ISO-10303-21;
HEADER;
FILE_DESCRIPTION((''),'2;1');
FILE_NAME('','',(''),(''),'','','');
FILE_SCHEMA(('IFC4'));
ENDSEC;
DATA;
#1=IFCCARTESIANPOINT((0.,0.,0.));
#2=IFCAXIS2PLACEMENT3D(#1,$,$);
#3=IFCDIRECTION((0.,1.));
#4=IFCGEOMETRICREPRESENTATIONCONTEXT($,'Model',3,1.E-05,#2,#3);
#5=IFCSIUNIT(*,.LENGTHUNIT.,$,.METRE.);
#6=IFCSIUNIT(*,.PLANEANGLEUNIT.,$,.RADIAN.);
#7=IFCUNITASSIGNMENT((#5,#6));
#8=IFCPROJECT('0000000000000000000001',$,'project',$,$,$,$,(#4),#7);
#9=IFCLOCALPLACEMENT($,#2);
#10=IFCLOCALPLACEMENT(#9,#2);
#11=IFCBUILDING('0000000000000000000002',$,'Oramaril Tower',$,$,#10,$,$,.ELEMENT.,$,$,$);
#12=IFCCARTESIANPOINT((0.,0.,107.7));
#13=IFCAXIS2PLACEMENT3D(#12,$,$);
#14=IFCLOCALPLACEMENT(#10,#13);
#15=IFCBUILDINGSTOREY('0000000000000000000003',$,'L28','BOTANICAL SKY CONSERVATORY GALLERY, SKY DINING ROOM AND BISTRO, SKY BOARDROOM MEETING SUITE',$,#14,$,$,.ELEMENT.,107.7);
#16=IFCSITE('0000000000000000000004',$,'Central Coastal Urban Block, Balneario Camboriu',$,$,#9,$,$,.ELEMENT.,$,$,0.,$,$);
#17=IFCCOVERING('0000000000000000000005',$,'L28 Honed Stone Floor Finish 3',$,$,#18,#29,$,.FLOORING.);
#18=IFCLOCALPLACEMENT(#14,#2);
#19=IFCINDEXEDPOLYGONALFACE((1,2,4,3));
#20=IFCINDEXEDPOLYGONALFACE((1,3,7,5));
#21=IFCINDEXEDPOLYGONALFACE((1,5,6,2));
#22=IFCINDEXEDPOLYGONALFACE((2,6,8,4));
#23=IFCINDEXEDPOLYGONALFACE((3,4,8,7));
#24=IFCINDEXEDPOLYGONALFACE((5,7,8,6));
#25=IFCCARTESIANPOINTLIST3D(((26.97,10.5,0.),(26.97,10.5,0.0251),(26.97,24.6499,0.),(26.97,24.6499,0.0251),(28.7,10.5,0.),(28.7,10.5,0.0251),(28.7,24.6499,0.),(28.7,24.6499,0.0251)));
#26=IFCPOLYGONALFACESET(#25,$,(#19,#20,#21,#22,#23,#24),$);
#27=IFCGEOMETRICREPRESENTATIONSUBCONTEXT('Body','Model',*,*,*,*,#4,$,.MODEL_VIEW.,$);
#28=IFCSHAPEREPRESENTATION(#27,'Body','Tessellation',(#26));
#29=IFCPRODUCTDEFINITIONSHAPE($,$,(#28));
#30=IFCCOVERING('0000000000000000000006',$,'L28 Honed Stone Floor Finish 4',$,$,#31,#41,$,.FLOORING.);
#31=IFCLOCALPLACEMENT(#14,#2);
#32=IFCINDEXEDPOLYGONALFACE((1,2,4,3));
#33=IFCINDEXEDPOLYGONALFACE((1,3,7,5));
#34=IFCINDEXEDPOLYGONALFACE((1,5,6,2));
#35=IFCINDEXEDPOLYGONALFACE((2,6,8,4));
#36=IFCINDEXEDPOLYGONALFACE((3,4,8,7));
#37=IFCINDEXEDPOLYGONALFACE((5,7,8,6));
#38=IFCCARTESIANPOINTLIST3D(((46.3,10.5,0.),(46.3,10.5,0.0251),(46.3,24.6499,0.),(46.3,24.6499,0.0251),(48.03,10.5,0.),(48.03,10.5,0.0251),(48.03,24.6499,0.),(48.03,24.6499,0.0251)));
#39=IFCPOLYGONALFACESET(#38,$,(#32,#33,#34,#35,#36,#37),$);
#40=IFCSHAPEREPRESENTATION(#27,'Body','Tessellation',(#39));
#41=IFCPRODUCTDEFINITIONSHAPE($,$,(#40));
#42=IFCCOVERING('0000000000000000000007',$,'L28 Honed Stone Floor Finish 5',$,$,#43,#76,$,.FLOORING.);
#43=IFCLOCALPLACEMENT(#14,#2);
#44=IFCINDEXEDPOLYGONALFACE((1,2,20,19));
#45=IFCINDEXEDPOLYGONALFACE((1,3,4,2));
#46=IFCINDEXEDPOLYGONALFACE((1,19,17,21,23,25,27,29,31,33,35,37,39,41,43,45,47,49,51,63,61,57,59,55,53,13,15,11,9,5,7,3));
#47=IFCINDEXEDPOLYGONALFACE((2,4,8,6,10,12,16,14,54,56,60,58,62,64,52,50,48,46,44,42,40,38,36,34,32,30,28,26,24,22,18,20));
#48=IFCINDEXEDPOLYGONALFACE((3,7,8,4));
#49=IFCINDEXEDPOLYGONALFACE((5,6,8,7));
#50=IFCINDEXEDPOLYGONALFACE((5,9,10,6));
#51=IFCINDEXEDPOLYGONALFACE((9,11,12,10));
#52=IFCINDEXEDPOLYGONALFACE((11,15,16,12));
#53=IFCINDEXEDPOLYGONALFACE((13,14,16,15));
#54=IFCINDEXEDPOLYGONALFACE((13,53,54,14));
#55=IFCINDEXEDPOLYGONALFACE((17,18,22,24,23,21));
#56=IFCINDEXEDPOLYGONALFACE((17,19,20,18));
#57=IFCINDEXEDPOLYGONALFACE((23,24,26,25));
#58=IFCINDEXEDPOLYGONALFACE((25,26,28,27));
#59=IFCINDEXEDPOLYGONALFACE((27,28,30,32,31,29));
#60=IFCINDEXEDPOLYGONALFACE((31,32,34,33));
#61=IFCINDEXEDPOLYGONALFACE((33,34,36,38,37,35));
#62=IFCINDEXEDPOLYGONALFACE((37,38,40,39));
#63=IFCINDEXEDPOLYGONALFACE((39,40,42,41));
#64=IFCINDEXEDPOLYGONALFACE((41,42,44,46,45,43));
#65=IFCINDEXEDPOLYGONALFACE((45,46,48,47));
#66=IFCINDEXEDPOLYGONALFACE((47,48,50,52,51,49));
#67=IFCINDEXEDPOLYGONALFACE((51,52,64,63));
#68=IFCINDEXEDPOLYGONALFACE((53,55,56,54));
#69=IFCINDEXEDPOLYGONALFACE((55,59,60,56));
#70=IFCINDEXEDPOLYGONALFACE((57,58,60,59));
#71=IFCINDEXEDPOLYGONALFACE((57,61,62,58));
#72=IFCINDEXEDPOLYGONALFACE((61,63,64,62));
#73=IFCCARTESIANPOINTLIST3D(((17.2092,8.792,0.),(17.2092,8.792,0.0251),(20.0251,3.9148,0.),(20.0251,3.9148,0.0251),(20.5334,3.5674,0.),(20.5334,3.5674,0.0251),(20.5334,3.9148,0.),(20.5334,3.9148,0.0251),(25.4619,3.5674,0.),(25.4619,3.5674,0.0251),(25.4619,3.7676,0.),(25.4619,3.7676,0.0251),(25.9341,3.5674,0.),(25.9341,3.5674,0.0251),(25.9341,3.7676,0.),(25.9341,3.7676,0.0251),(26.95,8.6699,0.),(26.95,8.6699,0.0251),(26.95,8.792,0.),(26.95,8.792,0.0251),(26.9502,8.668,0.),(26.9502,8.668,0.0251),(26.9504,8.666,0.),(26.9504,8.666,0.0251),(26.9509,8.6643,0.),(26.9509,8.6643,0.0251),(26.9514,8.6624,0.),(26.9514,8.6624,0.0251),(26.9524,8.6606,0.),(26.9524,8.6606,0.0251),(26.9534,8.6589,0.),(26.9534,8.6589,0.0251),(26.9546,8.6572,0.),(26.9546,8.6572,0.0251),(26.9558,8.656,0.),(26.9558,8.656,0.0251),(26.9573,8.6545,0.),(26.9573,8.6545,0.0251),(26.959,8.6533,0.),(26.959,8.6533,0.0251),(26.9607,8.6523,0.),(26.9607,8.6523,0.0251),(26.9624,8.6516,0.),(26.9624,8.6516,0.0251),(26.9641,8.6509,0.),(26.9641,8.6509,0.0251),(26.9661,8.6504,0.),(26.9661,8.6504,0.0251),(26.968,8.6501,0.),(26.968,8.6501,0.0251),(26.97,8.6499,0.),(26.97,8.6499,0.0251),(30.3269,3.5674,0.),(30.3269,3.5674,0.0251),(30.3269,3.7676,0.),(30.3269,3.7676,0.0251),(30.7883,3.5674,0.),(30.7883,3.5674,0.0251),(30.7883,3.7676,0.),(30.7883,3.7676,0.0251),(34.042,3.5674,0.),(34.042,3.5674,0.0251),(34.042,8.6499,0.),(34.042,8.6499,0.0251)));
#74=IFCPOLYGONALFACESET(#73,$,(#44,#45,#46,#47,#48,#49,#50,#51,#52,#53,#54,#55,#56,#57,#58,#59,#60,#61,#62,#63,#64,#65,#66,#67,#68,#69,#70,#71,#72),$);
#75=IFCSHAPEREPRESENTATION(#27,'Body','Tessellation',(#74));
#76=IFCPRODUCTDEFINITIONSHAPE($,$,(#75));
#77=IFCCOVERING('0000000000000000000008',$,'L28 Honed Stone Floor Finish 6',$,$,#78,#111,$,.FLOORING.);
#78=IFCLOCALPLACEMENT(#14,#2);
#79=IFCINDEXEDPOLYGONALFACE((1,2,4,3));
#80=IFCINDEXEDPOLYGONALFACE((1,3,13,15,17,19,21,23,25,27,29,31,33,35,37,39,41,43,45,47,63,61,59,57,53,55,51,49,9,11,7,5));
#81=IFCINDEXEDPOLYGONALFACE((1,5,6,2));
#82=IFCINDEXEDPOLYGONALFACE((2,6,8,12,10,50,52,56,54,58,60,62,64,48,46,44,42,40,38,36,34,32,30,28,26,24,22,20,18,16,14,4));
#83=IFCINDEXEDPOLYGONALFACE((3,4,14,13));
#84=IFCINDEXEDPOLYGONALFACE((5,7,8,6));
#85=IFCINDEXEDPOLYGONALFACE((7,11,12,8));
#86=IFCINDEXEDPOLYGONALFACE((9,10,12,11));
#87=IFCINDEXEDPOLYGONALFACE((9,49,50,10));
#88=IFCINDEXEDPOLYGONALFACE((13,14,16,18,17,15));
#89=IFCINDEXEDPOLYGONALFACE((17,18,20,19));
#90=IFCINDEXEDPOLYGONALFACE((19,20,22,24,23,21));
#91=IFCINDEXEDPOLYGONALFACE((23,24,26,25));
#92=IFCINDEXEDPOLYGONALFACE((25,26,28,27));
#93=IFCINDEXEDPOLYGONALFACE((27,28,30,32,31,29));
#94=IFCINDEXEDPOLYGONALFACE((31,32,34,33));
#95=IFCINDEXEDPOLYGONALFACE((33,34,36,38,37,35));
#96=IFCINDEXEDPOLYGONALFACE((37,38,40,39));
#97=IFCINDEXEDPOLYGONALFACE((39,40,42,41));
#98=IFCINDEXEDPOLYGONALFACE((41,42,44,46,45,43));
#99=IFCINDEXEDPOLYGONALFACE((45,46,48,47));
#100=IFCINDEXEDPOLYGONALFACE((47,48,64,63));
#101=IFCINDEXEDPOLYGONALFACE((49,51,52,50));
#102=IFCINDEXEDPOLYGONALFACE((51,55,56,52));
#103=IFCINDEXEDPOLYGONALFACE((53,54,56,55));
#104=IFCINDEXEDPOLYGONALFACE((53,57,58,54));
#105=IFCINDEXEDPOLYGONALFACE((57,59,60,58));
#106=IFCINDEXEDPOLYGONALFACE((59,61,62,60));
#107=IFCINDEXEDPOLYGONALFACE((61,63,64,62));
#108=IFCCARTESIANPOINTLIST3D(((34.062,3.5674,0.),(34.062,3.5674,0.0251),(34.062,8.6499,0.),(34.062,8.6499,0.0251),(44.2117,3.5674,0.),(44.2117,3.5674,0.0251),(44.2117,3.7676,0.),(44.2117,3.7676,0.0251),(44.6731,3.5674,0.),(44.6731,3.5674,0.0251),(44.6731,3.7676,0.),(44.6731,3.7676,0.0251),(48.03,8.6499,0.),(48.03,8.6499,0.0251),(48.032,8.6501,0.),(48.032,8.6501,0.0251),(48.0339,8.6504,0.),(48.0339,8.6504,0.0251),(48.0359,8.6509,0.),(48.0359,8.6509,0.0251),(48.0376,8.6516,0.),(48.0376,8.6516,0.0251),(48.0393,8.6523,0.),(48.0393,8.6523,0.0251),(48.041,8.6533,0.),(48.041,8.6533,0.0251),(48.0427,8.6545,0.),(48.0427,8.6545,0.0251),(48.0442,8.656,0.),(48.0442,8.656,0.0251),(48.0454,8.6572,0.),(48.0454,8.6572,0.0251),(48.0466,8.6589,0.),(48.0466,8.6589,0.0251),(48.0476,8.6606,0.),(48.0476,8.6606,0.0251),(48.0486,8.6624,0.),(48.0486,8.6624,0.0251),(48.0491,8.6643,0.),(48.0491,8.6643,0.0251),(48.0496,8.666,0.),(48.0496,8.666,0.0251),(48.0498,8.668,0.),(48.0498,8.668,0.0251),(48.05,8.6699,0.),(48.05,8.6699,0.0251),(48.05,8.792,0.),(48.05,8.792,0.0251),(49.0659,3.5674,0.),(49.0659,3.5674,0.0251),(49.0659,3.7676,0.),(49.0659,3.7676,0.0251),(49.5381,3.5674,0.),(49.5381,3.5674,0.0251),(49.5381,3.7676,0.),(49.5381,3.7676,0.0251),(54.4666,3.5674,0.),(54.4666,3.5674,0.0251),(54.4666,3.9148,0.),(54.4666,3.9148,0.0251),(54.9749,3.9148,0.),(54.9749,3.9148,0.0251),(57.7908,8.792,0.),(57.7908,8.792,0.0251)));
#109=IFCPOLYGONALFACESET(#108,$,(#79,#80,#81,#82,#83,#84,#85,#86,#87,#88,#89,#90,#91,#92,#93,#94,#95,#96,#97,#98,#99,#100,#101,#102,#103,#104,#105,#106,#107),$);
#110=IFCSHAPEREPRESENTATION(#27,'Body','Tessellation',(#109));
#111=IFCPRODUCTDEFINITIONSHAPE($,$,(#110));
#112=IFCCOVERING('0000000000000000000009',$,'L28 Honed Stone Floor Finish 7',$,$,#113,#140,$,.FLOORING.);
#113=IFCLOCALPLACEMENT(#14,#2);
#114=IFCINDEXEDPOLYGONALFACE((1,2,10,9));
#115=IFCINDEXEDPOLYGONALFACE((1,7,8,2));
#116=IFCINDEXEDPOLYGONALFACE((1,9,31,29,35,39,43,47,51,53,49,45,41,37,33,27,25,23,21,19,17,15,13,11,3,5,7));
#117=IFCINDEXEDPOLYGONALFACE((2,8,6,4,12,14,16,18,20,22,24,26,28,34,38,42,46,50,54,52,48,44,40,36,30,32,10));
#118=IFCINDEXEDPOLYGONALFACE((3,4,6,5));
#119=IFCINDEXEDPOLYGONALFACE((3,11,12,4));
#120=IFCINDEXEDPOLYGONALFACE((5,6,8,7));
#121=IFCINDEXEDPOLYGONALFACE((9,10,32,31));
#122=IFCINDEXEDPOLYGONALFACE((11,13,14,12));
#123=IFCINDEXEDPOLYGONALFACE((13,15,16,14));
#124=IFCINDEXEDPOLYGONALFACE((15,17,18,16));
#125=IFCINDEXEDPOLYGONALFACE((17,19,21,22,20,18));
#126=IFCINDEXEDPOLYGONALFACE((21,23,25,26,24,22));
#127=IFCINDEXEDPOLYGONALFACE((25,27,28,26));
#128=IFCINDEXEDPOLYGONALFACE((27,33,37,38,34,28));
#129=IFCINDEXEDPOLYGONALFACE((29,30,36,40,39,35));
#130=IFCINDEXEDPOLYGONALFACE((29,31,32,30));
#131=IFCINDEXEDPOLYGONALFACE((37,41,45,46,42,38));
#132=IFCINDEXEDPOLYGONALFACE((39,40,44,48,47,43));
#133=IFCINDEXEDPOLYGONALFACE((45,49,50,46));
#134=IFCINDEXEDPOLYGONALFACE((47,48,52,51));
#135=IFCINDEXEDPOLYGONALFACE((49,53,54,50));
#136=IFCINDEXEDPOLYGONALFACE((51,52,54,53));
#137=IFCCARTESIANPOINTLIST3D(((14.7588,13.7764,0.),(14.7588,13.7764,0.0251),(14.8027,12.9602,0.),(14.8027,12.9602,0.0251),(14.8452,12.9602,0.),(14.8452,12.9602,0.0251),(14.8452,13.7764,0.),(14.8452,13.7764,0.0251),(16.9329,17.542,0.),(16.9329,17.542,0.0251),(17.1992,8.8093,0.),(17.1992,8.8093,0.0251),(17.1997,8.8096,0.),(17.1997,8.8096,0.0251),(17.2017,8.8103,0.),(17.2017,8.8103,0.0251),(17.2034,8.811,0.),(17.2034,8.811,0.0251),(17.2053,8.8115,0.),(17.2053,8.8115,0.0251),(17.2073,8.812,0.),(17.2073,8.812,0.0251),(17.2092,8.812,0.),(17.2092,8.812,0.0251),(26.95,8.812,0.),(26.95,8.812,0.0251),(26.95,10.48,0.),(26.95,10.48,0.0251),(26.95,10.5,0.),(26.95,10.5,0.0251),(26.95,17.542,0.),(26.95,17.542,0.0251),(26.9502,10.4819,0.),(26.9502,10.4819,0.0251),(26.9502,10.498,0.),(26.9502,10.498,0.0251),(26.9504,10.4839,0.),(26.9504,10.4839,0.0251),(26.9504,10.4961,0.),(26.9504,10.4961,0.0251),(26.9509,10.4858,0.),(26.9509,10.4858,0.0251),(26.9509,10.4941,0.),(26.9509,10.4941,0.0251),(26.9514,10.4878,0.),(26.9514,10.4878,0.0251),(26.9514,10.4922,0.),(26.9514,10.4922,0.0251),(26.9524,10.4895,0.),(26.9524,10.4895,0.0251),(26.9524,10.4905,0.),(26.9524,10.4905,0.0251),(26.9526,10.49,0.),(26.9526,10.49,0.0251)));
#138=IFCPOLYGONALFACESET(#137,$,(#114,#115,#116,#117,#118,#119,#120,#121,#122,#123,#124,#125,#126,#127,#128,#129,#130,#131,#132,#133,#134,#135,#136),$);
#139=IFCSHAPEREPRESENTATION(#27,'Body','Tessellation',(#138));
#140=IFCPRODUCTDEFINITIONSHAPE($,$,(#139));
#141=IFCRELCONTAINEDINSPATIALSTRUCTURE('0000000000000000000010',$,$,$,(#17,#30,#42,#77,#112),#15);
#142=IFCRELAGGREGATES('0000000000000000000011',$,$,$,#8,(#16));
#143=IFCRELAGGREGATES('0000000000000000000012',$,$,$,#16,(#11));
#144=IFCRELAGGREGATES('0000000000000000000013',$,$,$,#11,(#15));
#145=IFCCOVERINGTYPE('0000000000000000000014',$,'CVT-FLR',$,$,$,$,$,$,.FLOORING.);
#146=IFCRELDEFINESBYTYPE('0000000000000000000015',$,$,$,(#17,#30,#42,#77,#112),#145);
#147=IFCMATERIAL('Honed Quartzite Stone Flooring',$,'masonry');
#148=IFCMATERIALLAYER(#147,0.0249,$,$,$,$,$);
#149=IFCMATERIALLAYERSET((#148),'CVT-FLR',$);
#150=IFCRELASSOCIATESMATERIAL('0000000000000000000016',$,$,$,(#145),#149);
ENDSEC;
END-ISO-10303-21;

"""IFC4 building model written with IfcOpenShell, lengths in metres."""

from ifc_helpers import new_model, si_unit, direction, frame, origin, place, context, subcontext, project, spatial, polyline, outline, extrude, material, layer, layer_set, type_object, element, save


model = new_model("IFC4")

# Units and contexts
model_context = context("Model", 3, precision=1e-05, world=origin(), true_north=direction((0.0, 1.0)))
body_context = subcontext(model_context, "Body", "Model", "MODEL_VIEW")
ifc_project = project(units=[si_unit("LENGTHUNIT", "METRE"), si_unit("PLANEANGLEUNIT", "RADIAN")], contexts=[model_context])

# Site, building, storey
site_placement = place(None, origin())
site = spatial("IfcSite", under=ifc_project, at=site_placement, Name="Central Coastal Urban Block, Balneario Camboriu", CompositionType="ELEMENT", RefElevation=0.0)
building_placement = place(site_placement, origin())
building = spatial("IfcBuilding", under=site, at=building_placement, Name="Oramaril Tower", CompositionType="ELEMENT")
storey_placement = place(building_placement, frame((0.0, 0.0, 107.7)))
storey = spatial("IfcBuildingStorey", under=building, at=storey_placement, Name="L28", Description="BOTANICAL SKY CONSERVATORY GALLERY, SKY DINING ROOM AND BISTRO, SKY BOARDROOM MEETING SUITE", CompositionType="ELEMENT", Elevation=107.7)

# Coverings
ifc_material_1 = material(Name="Honed Quartzite Stone Flooring", Category="masonry")
ifc_layer_1 = layer(ifc_material_1, 0.0249)
ifc_layer_set_1 = layer_set([ifc_layer_1], Name="CVT-FLR")
covering_type_1 = type_object("IfcCoveringType", Name="CVT-FLR", PredefinedType="FLOORING", material=ifc_layer_set_1)
covering_1_placement = place(storey_placement, origin())
element("IfcCovering", 1, at=covering_1_placement, inside=storey, type_object=covering_type_1, Name="L28 Honed Stone Floor Finish 3", PredefinedType="FLOORING", context=body_context, shape_type="SweptSolid", body=[
    extrude(outline(polyline([(28.7, 10.5), (26.97, 10.5), (26.97, 24.6499), (28.7, 24.6499), (28.7, 10.5)])), origin(), (0.0, 0.0, 1.0), 0.0251),
])
covering_2_placement = place(storey_placement, origin())
element("IfcCovering", 2, at=covering_2_placement, inside=storey, type_object=covering_type_1, Name="L28 Honed Stone Floor Finish 4", PredefinedType="FLOORING", context=body_context, shape_type="SweptSolid", body=[
    extrude(outline(polyline([(48.03, 10.5), (46.3, 10.5), (46.3, 24.6499), (48.03, 24.6499), (48.03, 10.5)])), origin(), (0.0, 0.0, 1.0), 0.0251),
])
covering_3_placement = place(storey_placement, origin())
element("IfcCovering", 3, at=covering_3_placement, inside=storey, type_object=covering_type_1, Name="L28 Honed Stone Floor Finish 5", PredefinedType="FLOORING", context=body_context, shape_type="SweptSolid", body=[
    extrude(outline(polyline([(34.042, 3.5674), (30.7883, 3.5674), (30.7883, 3.7676), (30.3269, 3.7676), (30.3269, 3.5674), (25.9341, 3.5674), (25.9341, 3.7676), (25.4619, 3.7676), (25.4619, 3.5674), (20.5334, 3.5674), (20.5334, 3.9148), (20.0251, 3.9148), (17.2092, 8.792), (26.95, 8.792), (26.95, 8.6699), (26.9502, 8.668), (26.9504, 8.666), (26.9509, 8.6643), (26.9514, 8.6624), (26.9524, 8.6606), (26.9534, 8.6589), (26.9546, 8.6572), (26.9558, 8.656), (26.9573, 8.6545), (26.959, 8.6533), (26.9607, 8.6523), (26.9624, 8.6516), (26.9641, 8.6509), (26.9661, 8.6504), (26.968, 8.6501), (26.97, 8.6499), (34.042, 8.6499), (34.042, 3.5674)])), origin(), (0.0, 0.0, 1.0), 0.0251),
])
covering_4_placement = place(storey_placement, origin())
element("IfcCovering", 4, at=covering_4_placement, inside=storey, type_object=covering_type_1, Name="L28 Honed Stone Floor Finish 6", PredefinedType="FLOORING", context=body_context, shape_type="SweptSolid", body=[
    extrude(outline(polyline([(49.5381, 3.7676), (49.0659, 3.7676), (49.0659, 3.5674), (44.6731, 3.5674), (44.6731, 3.7676), (44.2117, 3.7676), (44.2117, 3.5674), (34.062, 3.5674), (34.062, 8.6499), (48.03, 8.6499), (48.032, 8.6501), (48.0339, 8.6504), (48.0359, 8.6509), (48.0376, 8.6516), (48.0393, 8.6523), (48.041, 8.6533), (48.0427, 8.6545), (48.0442, 8.656), (48.0454, 8.6572), (48.0466, 8.6589), (48.0476, 8.6606), (48.0486, 8.6624), (48.0491, 8.6643), (48.0496, 8.666), (48.0498, 8.668), (48.05, 8.6699), (48.05, 8.792), (57.7908, 8.792), (54.9749, 3.9148), (54.4666, 3.9148), (54.4666, 3.5674), (49.5381, 3.5674), (49.5381, 3.7676)])), origin(), (0.0, 0.0, 1.0), 0.0251),
])
covering_5_placement = place(storey_placement, origin())
element("IfcCovering", 5, at=covering_5_placement, inside=storey, type_object=covering_type_1, Name="L28 Honed Stone Floor Finish 7", PredefinedType="FLOORING", context=body_context, shape_type="SweptSolid", body=[
    extrude(outline(polyline([(14.8027, 12.9602), (14.8452, 12.9602), (14.8452, 13.7764), (14.7588, 13.7764), (16.9329, 17.542), (26.95, 17.542), (26.95, 10.5), (26.9502, 10.498), (26.9504, 10.4961), (26.9509, 10.4941), (26.9514, 10.4922), (26.9524, 10.4905), (26.9526, 10.49), (26.9524, 10.4895), (26.9514, 10.4878), (26.9509, 10.4858), (26.9504, 10.4839), (26.9502, 10.4819), (26.95, 10.48), (26.95, 8.812), (17.2092, 8.812), (17.2073, 8.812), (17.2053, 8.8115), (17.2034, 8.811), (17.2017, 8.8103), (17.1997, 8.8096), (17.1992, 8.8093), (14.8027, 12.9602)])), origin(), (0.0, 0.0, 1.0), 0.0251),
])

save(model, "model.ifc")
